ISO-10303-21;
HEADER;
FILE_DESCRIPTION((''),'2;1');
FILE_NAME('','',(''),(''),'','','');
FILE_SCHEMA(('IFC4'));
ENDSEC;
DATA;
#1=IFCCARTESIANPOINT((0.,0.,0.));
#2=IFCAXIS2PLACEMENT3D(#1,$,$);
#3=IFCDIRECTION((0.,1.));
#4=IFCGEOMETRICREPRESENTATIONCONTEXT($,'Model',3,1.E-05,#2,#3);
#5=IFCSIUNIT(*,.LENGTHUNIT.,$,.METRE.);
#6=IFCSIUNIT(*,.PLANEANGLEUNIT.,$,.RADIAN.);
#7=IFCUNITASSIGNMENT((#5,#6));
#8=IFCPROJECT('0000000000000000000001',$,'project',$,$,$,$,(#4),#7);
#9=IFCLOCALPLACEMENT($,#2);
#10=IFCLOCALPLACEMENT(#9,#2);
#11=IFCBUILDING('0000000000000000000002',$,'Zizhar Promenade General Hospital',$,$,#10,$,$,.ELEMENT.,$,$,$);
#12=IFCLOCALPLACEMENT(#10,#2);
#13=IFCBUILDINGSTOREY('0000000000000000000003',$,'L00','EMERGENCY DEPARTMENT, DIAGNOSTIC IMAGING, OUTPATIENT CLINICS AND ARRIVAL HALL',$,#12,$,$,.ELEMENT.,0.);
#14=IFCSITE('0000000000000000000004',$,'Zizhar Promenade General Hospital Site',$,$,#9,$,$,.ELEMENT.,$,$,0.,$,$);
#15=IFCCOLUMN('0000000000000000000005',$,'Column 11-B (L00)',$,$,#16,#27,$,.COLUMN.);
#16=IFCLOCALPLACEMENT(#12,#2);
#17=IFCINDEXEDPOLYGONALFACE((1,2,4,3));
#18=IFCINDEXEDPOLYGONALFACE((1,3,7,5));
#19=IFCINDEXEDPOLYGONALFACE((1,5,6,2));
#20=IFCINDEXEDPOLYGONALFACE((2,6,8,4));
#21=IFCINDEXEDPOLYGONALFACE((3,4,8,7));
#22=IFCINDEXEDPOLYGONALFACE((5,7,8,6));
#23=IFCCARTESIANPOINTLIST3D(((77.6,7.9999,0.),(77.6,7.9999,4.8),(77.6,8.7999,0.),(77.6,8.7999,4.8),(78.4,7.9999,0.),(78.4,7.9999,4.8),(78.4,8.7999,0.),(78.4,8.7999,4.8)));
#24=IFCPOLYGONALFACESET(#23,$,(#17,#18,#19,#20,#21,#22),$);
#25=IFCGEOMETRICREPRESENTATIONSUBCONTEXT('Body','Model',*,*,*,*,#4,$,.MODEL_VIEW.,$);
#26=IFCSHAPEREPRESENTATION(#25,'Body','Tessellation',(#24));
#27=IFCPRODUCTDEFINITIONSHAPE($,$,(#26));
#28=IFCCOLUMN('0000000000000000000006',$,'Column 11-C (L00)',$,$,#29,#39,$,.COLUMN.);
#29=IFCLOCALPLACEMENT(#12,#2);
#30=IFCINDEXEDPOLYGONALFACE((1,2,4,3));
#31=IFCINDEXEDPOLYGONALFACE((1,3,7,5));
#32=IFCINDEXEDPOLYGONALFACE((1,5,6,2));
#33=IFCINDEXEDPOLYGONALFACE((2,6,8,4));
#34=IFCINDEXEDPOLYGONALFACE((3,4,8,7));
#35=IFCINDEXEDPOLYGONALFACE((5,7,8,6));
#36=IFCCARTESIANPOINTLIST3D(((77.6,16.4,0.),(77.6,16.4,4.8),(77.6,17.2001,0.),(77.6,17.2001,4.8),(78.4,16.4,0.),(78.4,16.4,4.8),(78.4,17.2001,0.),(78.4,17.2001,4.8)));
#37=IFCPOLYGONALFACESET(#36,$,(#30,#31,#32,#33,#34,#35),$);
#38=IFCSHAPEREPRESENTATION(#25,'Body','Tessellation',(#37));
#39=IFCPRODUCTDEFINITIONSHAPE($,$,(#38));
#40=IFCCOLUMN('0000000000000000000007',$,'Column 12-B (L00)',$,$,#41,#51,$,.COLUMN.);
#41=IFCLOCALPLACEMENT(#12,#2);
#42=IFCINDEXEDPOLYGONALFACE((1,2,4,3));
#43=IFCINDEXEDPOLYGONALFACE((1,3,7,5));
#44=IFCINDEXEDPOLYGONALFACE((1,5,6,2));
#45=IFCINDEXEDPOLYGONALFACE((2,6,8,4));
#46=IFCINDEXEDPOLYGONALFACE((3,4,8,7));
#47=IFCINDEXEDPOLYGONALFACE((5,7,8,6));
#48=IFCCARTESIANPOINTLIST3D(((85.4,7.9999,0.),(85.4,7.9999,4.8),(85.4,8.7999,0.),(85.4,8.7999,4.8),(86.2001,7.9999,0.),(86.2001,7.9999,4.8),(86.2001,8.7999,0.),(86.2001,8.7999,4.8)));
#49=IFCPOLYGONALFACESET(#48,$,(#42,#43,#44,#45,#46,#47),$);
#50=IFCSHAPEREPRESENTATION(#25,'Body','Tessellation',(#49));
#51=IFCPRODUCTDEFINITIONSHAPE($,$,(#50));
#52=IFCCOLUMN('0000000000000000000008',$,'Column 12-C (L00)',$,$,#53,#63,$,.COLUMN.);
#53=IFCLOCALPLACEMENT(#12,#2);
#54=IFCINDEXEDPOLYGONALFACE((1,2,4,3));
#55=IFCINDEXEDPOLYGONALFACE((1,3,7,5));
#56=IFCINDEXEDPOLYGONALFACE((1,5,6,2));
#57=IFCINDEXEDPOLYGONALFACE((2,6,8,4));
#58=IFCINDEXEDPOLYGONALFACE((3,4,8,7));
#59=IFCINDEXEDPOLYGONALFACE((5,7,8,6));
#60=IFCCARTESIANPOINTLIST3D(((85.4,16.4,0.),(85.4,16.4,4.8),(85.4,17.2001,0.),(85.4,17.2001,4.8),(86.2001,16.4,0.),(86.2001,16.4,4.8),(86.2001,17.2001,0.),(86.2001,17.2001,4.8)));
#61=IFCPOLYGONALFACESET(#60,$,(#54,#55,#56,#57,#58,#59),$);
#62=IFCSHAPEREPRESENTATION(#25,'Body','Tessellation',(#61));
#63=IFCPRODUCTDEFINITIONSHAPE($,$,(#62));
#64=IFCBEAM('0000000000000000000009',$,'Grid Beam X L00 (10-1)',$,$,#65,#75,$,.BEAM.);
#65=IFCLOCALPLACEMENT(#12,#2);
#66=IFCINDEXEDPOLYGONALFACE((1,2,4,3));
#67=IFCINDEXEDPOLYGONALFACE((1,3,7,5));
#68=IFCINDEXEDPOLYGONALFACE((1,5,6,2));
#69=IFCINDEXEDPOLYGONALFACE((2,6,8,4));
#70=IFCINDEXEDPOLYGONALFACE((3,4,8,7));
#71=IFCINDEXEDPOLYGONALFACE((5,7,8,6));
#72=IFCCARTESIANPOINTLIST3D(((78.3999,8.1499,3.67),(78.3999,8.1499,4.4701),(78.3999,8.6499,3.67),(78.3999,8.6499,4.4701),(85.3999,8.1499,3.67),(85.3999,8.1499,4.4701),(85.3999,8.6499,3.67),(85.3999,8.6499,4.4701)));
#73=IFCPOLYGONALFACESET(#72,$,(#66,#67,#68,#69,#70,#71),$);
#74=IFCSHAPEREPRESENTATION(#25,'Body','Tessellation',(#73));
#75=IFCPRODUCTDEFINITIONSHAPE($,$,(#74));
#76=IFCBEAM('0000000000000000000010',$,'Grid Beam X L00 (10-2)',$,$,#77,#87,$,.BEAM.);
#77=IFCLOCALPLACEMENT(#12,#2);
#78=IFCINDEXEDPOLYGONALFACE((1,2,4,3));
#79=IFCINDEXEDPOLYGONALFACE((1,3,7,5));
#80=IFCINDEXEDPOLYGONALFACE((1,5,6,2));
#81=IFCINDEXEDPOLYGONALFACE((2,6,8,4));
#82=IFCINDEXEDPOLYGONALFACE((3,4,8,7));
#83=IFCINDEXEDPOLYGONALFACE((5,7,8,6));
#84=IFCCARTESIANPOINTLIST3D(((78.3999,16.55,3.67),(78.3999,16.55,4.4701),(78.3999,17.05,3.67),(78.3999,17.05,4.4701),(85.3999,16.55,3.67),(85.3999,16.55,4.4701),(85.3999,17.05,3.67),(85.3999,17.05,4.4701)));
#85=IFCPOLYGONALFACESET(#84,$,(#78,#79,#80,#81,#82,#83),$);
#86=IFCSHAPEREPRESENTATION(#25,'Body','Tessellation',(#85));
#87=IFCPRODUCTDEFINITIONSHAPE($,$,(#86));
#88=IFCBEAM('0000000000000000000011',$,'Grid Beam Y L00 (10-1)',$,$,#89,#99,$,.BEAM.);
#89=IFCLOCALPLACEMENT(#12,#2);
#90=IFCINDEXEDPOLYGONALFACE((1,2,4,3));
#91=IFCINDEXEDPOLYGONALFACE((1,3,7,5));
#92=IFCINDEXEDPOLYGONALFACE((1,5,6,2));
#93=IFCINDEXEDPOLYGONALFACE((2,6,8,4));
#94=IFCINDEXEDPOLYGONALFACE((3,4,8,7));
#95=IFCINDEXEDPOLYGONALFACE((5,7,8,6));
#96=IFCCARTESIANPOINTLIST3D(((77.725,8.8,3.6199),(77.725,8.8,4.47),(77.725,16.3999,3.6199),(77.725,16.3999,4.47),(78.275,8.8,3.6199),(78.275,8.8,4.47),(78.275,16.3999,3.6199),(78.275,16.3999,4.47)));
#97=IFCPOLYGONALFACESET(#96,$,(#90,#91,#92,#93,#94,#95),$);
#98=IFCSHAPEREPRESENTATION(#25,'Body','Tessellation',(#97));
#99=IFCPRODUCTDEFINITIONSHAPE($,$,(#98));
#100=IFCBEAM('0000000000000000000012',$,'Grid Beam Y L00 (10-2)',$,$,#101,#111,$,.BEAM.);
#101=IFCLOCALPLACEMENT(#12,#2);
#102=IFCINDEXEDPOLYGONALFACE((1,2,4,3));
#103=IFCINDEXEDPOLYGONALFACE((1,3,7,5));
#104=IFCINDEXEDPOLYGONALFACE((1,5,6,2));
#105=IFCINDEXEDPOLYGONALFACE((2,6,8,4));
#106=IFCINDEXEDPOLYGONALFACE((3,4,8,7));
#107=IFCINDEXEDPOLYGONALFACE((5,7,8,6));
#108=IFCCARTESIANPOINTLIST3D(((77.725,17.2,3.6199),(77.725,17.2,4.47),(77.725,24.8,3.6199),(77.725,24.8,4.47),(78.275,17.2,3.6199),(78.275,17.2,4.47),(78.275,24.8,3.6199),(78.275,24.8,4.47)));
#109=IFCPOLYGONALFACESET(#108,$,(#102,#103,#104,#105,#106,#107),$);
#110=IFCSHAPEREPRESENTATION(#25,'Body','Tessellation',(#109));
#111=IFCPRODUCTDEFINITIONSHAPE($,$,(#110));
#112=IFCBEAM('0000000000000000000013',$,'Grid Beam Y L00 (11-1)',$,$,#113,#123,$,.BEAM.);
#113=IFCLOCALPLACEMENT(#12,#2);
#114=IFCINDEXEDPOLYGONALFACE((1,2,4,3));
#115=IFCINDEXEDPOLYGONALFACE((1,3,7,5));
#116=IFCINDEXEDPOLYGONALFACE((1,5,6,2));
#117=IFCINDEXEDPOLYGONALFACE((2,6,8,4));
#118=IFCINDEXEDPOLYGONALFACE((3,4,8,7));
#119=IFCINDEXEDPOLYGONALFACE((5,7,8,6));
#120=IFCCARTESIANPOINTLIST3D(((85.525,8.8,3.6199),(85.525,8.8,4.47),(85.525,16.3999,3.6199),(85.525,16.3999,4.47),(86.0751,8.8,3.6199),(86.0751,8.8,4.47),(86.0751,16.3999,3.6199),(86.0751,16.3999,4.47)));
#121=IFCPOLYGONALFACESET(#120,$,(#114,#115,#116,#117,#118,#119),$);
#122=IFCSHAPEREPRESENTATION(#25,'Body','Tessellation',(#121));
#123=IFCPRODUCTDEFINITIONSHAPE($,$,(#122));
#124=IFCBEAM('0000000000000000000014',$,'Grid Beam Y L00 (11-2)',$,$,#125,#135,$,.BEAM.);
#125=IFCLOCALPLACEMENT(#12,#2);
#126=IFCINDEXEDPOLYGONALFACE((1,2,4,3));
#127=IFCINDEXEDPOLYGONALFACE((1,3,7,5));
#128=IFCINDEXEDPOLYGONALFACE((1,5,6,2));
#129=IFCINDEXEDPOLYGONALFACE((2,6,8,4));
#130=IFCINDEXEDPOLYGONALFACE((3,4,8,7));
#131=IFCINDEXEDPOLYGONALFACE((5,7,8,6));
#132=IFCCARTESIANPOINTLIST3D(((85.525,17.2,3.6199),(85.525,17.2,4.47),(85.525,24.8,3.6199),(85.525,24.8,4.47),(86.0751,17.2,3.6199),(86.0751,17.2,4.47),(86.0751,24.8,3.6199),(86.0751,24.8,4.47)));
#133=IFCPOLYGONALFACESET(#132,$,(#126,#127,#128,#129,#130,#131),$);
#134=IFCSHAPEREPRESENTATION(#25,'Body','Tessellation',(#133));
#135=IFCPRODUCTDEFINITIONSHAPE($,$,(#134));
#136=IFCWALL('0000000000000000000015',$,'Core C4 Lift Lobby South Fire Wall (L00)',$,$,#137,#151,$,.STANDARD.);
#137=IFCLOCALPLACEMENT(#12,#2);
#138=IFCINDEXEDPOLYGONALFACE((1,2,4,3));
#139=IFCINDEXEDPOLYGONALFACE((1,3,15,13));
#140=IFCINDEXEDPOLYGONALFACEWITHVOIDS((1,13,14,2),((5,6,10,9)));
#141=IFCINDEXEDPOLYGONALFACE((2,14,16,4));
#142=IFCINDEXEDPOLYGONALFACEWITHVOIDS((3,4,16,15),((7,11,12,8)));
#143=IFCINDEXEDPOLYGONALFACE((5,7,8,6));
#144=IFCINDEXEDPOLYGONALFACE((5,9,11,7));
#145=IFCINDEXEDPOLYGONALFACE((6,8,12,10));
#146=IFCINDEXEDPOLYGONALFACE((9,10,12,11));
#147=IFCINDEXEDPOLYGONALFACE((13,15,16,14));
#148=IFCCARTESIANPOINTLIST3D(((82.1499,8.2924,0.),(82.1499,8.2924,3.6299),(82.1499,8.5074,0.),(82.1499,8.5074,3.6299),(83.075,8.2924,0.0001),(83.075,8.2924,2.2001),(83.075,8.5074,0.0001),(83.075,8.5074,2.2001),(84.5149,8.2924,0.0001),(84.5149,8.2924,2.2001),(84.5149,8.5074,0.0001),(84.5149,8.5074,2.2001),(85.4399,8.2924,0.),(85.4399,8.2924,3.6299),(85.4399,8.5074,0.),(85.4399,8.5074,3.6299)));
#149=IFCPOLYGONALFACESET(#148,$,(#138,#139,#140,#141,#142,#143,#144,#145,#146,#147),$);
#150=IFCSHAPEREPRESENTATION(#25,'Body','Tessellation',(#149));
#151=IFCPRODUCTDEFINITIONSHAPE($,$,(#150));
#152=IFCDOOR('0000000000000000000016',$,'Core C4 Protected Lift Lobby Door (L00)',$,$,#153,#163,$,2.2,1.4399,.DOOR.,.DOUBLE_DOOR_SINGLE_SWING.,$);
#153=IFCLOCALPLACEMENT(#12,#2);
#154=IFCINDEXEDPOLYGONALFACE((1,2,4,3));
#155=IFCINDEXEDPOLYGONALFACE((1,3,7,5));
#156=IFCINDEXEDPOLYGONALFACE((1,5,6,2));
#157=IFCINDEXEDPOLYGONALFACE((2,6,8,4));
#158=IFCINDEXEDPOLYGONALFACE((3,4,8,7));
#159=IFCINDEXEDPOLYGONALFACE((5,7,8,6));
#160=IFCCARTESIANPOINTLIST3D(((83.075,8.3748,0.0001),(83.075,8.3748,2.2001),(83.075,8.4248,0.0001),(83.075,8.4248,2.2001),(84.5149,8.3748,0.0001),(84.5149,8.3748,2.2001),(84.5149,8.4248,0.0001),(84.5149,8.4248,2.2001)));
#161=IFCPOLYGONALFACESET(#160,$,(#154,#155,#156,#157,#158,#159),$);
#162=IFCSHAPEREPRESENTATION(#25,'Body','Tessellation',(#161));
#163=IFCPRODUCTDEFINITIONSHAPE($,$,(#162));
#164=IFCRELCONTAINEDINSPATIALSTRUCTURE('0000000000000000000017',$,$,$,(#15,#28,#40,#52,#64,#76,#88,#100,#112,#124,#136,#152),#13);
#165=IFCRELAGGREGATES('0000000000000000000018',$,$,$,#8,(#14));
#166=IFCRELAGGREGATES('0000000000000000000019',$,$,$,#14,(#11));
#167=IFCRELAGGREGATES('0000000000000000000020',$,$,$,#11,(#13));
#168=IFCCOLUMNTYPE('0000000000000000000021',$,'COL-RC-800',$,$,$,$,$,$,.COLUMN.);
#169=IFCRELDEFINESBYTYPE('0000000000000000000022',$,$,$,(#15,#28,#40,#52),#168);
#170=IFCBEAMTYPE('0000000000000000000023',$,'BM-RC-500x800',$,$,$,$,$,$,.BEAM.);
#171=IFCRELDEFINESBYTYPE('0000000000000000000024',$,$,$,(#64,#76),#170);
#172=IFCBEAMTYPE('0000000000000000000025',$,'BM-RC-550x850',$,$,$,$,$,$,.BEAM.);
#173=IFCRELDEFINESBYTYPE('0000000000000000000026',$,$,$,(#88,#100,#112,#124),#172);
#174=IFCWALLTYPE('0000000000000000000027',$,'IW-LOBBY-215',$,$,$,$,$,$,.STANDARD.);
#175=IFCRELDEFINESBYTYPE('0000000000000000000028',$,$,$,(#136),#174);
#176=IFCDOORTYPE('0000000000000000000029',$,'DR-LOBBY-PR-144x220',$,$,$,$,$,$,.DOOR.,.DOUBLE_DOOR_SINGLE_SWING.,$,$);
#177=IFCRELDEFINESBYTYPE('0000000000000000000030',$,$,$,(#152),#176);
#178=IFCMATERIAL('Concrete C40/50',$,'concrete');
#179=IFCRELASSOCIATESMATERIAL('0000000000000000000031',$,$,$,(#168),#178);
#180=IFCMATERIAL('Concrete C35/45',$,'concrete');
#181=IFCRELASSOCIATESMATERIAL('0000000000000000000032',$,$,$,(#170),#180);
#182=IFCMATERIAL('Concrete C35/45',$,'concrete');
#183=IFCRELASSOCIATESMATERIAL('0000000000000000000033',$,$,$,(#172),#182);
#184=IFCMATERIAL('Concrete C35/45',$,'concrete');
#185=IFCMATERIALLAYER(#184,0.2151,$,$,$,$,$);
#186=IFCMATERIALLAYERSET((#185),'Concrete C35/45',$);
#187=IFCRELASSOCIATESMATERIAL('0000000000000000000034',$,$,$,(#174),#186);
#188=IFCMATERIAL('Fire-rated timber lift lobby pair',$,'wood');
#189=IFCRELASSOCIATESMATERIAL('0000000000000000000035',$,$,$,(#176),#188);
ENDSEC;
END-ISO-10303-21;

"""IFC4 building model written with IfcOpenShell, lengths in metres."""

from ifc_helpers import new_model, si_unit, direction, frame, frame_2d, origin, origin_2d, place, context, subcontext, project, spatial, rectangle, extrude, material, layer, layer_set, material_profile, profile_set, type_object, element, fill, save


model = new_model("IFC4")

# Units and contexts
model_context = context("Model", 3, precision=1e-05, world=origin(), true_north=direction((0.0, 1.0)))
body_context = subcontext(model_context, "Body", "Model", "MODEL_VIEW")
ifc_project = project(units=[si_unit("LENGTHUNIT", "METRE"), si_unit("PLANEANGLEUNIT", "RADIAN")], contexts=[model_context])

# Site, building, storey
site_placement = place(None, origin())
site = spatial("IfcSite", under=ifc_project, at=site_placement, Name="Zizhar Promenade General Hospital Site", CompositionType="ELEMENT", RefElevation=0.0)
building_placement = place(site_placement, origin())
building = spatial("IfcBuilding", under=site, at=building_placement, Name="Zizhar Promenade General Hospital", CompositionType="ELEMENT")
storey_placement = place(building_placement, origin())
storey = spatial("IfcBuildingStorey", under=building, at=storey_placement, Name="L00", Description="EMERGENCY DEPARTMENT, DIAGNOSTIC IMAGING, OUTPATIENT CLINICS AND ARRIVAL HALL", CompositionType="ELEMENT", Elevation=0.0)

# Columns
ifc_material_1 = material(Name="Concrete C40/50", Category="concrete")
ifc_material_profile_1 = material_profile(ifc_material_1, rectangle(XDim=0.8, YDim=0.8, at=origin_2d()))
ifc_profile_set_1 = profile_set([ifc_material_profile_1], Name="Concrete C40/50")
column_type = type_object("IfcColumnType", Name="COL-RC-800", PredefinedType="COLUMN", material=ifc_profile_set_1)
for number, where, z_axis, x_axis, name in (
    (1, (78.0, 8.3999, 0.0), (0.0, 0.0, 1.0), (1.0, 0.0, 0.0), "Column 11-B (L00)"),
    (2, (78.0, 16.8, 0.0), (0.0, 0.0, 1.0), (1.0, 0.0, 0.0), "Column 11-C (L00)"),
    (3, (85.8, 8.3999, 0.0), (0.0, 0.0, 1.0), (1.0, 0.0, 0.0), "Column 12-B (L00)"),
    (4, (85.8, 16.8, 0.0), (0.0, 0.0, 1.0), (1.0, 0.0, 0.0), "Column 12-C (L00)"),
):
    element("IfcColumn", number, at=place(storey_placement, frame(where, z_axis=z_axis, x_axis=x_axis)), inside=storey, type_object=column_type, Name=name, PredefinedType="COLUMN", context=body_context, shape_type="SweptSolid", body=[
        extrude(rectangle(XDim=0.8, YDim=0.8, at=origin_2d()), origin(), (0.0, 0.0, 1.0), 4.8),
    ])

# Beams
ifc_material_2 = material(Name="Concrete C35/45", Category="concrete")
ifc_material_profile_2 = material_profile(ifc_material_2, rectangle(XDim=0.5, YDim=0.8, at=origin_2d()))
ifc_profile_set_2 = profile_set([ifc_material_profile_2], Name="Concrete C35/45")
beam_type_1 = type_object("IfcBeamType", Name="BM-RC-500x800", PredefinedType="BEAM", material=ifc_profile_set_2)
for number, where, z_axis, x_axis, name in (
    (5, (78.3999, 8.3999, 4.0701), (1.0, 0.0, 0.0), (0.0, 1.0, 0.0), "Grid Beam X L00 (10-1)"),
    (6, (78.3999, 16.8, 4.0701), (1.0, 0.0, 0.0), (0.0, 1.0, 0.0), "Grid Beam X L00 (10-2)"),
):
    element("IfcBeam", number, at=place(storey_placement, frame(where, z_axis=z_axis, x_axis=x_axis)), inside=storey, type_object=beam_type_1, Name=name, PredefinedType="BEAM", context=body_context, shape_type="SweptSolid", body=[
        extrude(rectangle(XDim=0.5, YDim=0.8, at=origin_2d()), origin(), (0.0, 0.0, 1.0), 7.0),
    ])
ifc_material_3 = material(Name="Concrete C35/45", Category="concrete")
ifc_material_profile_3 = material_profile(ifc_material_3, rectangle(XDim=0.55, YDim=0.8501, at=origin_2d()))
ifc_profile_set_3 = profile_set([ifc_material_profile_3], Name="Concrete C35/45")
beam_type_2 = type_object("IfcBeamType", Name="BM-RC-550x850", PredefinedType="BEAM", material=ifc_profile_set_3)
beam_1_placement = place(storey_placement, frame((78.0, 8.8, 4.0449), z_axis=(0.0, 1.0, 0.0), x_axis=(-1.0, 0.0, 0.0)))
element("IfcBeam", 7, at=beam_1_placement, inside=storey, type_object=beam_type_2, Name="Grid Beam Y L00 (10-1)", PredefinedType="BEAM", context=body_context, shape_type="SweptSolid", body=[
    extrude(rectangle(XDim=0.55, YDim=0.8501, at=origin_2d()), origin(), (0.0, 0.0, 1.0), 7.5999),
])
beam_2_placement = place(storey_placement, frame((78.0, 17.2, 4.0449), z_axis=(0.0, 1.0, 0.0), x_axis=(-1.0, 0.0, 0.0)))
element("IfcBeam", 8, at=beam_2_placement, inside=storey, type_object=beam_type_2, Name="Grid Beam Y L00 (10-2)", PredefinedType="BEAM", context=body_context, shape_type="SweptSolid", body=[
    extrude(rectangle(XDim=0.55, YDim=0.8501, at=origin_2d()), origin(), (0.0, 0.0, 1.0), 7.6001),
])
beam_3_placement = place(storey_placement, frame((85.8, 8.8, 4.0449), z_axis=(0.0, 1.0, 0.0), x_axis=(-1.0, 0.0, 0.0)))
element("IfcBeam", 9, at=beam_3_placement, inside=storey, type_object=beam_type_2, Name="Grid Beam Y L00 (11-1)", PredefinedType="BEAM", context=body_context, shape_type="SweptSolid", body=[
    extrude(rectangle(XDim=0.55, YDim=0.8501, at=origin_2d()), origin(), (0.0, 0.0, 1.0), 7.5999),
])
beam_4_placement = place(storey_placement, frame((85.8, 17.2, 4.0449), z_axis=(0.0, 1.0, 0.0), x_axis=(-1.0, 0.0, 0.0)))
element("IfcBeam", 10, at=beam_4_placement, inside=storey, type_object=beam_type_2, Name="Grid Beam Y L00 (11-2)", PredefinedType="BEAM", context=body_context, shape_type="SweptSolid", body=[
    extrude(rectangle(XDim=0.55, YDim=0.8501, at=origin_2d()), origin(), (0.0, 0.0, 1.0), 7.6001),
])

# Wall, opening, door
ifc_material_4 = material(Name="Concrete C35/45", Category="concrete")
ifc_layer_1 = layer(ifc_material_4, 0.2151)
ifc_layer_set_1 = layer_set([ifc_layer_1], Name="Concrete C35/45")
wall_type_1 = type_object("IfcWallType", Name="IW-LOBBY-215", PredefinedType="STANDARD", material=ifc_layer_set_1)
wall_1_placement = place(storey_placement, frame((82.1499, 8.3999, 0.0), z_axis=(0.0, 0.0, 1.0), x_axis=(1.0, 0.0, 0.0)))
wall_1 = element("IfcWall", 11, at=wall_1_placement, inside=storey, type_object=wall_type_1, Name="Core C4 Lift Lobby South Fire Wall (L00)", PredefinedType="STANDARD", context=body_context, shape_type="SweptSolid", body=[
    extrude(rectangle(XDim=3.29, YDim=0.2151, at=frame_2d((1.645, 0.0))), origin(), (0.0, 0.0, 1.0), 3.6299),
])
opening_1_placement = place(wall_1_placement, frame((0.925, 0.0, 0.0)))
opening_1 = element("IfcOpeningElement", 12, at=opening_1_placement, cuts=wall_1, PredefinedType="OPENING", context=body_context, shape_type="SweptSolid", body=[
    extrude(rectangle(XDim=1.4399, YDim=2.2, at=frame_2d((0.72, 1.1001))), frame((0.0, 0.1177, 0.0), z_axis=(0.0, -1.0, 0.0), x_axis=(1.0, 0.0, 0.0)), (0.0, 0.0, 1.0), 0.2351),
])
ifc_material_5 = material(Name="Fire-rated timber lift lobby pair", Category="wood")
door_type_1 = type_object("IfcDoorType", Name="DR-LOBBY-PR-144x220", OperationType="DOUBLE_DOOR_SINGLE_SWING", PredefinedType="DOOR", material=ifc_material_5)
door_1_placement = place(opening_1_placement, origin())
door_1 = element("IfcDoor", 13, at=door_1_placement, inside=storey, type_object=door_type_1, Name="Core C4 Protected Lift Lobby Door (L00)", OperationType="DOUBLE_DOOR_SINGLE_SWING", OverallHeight=2.2, OverallWidth=1.4399, PredefinedType="DOOR", context=body_context, shape_type="SweptSolid", body=[
    extrude(rectangle(XDim=1.4399, YDim=2.2, at=frame_2d((0.72, 1.1001))), frame((0.0, 0.0249, 0.0), z_axis=(0.0, -1.0, 0.0), x_axis=(1.0, 0.0, 0.0)), (0.0, 0.0, 1.0), 0.05),
])
fill(opening_1, door_1)

save(model, "model.ifc")
